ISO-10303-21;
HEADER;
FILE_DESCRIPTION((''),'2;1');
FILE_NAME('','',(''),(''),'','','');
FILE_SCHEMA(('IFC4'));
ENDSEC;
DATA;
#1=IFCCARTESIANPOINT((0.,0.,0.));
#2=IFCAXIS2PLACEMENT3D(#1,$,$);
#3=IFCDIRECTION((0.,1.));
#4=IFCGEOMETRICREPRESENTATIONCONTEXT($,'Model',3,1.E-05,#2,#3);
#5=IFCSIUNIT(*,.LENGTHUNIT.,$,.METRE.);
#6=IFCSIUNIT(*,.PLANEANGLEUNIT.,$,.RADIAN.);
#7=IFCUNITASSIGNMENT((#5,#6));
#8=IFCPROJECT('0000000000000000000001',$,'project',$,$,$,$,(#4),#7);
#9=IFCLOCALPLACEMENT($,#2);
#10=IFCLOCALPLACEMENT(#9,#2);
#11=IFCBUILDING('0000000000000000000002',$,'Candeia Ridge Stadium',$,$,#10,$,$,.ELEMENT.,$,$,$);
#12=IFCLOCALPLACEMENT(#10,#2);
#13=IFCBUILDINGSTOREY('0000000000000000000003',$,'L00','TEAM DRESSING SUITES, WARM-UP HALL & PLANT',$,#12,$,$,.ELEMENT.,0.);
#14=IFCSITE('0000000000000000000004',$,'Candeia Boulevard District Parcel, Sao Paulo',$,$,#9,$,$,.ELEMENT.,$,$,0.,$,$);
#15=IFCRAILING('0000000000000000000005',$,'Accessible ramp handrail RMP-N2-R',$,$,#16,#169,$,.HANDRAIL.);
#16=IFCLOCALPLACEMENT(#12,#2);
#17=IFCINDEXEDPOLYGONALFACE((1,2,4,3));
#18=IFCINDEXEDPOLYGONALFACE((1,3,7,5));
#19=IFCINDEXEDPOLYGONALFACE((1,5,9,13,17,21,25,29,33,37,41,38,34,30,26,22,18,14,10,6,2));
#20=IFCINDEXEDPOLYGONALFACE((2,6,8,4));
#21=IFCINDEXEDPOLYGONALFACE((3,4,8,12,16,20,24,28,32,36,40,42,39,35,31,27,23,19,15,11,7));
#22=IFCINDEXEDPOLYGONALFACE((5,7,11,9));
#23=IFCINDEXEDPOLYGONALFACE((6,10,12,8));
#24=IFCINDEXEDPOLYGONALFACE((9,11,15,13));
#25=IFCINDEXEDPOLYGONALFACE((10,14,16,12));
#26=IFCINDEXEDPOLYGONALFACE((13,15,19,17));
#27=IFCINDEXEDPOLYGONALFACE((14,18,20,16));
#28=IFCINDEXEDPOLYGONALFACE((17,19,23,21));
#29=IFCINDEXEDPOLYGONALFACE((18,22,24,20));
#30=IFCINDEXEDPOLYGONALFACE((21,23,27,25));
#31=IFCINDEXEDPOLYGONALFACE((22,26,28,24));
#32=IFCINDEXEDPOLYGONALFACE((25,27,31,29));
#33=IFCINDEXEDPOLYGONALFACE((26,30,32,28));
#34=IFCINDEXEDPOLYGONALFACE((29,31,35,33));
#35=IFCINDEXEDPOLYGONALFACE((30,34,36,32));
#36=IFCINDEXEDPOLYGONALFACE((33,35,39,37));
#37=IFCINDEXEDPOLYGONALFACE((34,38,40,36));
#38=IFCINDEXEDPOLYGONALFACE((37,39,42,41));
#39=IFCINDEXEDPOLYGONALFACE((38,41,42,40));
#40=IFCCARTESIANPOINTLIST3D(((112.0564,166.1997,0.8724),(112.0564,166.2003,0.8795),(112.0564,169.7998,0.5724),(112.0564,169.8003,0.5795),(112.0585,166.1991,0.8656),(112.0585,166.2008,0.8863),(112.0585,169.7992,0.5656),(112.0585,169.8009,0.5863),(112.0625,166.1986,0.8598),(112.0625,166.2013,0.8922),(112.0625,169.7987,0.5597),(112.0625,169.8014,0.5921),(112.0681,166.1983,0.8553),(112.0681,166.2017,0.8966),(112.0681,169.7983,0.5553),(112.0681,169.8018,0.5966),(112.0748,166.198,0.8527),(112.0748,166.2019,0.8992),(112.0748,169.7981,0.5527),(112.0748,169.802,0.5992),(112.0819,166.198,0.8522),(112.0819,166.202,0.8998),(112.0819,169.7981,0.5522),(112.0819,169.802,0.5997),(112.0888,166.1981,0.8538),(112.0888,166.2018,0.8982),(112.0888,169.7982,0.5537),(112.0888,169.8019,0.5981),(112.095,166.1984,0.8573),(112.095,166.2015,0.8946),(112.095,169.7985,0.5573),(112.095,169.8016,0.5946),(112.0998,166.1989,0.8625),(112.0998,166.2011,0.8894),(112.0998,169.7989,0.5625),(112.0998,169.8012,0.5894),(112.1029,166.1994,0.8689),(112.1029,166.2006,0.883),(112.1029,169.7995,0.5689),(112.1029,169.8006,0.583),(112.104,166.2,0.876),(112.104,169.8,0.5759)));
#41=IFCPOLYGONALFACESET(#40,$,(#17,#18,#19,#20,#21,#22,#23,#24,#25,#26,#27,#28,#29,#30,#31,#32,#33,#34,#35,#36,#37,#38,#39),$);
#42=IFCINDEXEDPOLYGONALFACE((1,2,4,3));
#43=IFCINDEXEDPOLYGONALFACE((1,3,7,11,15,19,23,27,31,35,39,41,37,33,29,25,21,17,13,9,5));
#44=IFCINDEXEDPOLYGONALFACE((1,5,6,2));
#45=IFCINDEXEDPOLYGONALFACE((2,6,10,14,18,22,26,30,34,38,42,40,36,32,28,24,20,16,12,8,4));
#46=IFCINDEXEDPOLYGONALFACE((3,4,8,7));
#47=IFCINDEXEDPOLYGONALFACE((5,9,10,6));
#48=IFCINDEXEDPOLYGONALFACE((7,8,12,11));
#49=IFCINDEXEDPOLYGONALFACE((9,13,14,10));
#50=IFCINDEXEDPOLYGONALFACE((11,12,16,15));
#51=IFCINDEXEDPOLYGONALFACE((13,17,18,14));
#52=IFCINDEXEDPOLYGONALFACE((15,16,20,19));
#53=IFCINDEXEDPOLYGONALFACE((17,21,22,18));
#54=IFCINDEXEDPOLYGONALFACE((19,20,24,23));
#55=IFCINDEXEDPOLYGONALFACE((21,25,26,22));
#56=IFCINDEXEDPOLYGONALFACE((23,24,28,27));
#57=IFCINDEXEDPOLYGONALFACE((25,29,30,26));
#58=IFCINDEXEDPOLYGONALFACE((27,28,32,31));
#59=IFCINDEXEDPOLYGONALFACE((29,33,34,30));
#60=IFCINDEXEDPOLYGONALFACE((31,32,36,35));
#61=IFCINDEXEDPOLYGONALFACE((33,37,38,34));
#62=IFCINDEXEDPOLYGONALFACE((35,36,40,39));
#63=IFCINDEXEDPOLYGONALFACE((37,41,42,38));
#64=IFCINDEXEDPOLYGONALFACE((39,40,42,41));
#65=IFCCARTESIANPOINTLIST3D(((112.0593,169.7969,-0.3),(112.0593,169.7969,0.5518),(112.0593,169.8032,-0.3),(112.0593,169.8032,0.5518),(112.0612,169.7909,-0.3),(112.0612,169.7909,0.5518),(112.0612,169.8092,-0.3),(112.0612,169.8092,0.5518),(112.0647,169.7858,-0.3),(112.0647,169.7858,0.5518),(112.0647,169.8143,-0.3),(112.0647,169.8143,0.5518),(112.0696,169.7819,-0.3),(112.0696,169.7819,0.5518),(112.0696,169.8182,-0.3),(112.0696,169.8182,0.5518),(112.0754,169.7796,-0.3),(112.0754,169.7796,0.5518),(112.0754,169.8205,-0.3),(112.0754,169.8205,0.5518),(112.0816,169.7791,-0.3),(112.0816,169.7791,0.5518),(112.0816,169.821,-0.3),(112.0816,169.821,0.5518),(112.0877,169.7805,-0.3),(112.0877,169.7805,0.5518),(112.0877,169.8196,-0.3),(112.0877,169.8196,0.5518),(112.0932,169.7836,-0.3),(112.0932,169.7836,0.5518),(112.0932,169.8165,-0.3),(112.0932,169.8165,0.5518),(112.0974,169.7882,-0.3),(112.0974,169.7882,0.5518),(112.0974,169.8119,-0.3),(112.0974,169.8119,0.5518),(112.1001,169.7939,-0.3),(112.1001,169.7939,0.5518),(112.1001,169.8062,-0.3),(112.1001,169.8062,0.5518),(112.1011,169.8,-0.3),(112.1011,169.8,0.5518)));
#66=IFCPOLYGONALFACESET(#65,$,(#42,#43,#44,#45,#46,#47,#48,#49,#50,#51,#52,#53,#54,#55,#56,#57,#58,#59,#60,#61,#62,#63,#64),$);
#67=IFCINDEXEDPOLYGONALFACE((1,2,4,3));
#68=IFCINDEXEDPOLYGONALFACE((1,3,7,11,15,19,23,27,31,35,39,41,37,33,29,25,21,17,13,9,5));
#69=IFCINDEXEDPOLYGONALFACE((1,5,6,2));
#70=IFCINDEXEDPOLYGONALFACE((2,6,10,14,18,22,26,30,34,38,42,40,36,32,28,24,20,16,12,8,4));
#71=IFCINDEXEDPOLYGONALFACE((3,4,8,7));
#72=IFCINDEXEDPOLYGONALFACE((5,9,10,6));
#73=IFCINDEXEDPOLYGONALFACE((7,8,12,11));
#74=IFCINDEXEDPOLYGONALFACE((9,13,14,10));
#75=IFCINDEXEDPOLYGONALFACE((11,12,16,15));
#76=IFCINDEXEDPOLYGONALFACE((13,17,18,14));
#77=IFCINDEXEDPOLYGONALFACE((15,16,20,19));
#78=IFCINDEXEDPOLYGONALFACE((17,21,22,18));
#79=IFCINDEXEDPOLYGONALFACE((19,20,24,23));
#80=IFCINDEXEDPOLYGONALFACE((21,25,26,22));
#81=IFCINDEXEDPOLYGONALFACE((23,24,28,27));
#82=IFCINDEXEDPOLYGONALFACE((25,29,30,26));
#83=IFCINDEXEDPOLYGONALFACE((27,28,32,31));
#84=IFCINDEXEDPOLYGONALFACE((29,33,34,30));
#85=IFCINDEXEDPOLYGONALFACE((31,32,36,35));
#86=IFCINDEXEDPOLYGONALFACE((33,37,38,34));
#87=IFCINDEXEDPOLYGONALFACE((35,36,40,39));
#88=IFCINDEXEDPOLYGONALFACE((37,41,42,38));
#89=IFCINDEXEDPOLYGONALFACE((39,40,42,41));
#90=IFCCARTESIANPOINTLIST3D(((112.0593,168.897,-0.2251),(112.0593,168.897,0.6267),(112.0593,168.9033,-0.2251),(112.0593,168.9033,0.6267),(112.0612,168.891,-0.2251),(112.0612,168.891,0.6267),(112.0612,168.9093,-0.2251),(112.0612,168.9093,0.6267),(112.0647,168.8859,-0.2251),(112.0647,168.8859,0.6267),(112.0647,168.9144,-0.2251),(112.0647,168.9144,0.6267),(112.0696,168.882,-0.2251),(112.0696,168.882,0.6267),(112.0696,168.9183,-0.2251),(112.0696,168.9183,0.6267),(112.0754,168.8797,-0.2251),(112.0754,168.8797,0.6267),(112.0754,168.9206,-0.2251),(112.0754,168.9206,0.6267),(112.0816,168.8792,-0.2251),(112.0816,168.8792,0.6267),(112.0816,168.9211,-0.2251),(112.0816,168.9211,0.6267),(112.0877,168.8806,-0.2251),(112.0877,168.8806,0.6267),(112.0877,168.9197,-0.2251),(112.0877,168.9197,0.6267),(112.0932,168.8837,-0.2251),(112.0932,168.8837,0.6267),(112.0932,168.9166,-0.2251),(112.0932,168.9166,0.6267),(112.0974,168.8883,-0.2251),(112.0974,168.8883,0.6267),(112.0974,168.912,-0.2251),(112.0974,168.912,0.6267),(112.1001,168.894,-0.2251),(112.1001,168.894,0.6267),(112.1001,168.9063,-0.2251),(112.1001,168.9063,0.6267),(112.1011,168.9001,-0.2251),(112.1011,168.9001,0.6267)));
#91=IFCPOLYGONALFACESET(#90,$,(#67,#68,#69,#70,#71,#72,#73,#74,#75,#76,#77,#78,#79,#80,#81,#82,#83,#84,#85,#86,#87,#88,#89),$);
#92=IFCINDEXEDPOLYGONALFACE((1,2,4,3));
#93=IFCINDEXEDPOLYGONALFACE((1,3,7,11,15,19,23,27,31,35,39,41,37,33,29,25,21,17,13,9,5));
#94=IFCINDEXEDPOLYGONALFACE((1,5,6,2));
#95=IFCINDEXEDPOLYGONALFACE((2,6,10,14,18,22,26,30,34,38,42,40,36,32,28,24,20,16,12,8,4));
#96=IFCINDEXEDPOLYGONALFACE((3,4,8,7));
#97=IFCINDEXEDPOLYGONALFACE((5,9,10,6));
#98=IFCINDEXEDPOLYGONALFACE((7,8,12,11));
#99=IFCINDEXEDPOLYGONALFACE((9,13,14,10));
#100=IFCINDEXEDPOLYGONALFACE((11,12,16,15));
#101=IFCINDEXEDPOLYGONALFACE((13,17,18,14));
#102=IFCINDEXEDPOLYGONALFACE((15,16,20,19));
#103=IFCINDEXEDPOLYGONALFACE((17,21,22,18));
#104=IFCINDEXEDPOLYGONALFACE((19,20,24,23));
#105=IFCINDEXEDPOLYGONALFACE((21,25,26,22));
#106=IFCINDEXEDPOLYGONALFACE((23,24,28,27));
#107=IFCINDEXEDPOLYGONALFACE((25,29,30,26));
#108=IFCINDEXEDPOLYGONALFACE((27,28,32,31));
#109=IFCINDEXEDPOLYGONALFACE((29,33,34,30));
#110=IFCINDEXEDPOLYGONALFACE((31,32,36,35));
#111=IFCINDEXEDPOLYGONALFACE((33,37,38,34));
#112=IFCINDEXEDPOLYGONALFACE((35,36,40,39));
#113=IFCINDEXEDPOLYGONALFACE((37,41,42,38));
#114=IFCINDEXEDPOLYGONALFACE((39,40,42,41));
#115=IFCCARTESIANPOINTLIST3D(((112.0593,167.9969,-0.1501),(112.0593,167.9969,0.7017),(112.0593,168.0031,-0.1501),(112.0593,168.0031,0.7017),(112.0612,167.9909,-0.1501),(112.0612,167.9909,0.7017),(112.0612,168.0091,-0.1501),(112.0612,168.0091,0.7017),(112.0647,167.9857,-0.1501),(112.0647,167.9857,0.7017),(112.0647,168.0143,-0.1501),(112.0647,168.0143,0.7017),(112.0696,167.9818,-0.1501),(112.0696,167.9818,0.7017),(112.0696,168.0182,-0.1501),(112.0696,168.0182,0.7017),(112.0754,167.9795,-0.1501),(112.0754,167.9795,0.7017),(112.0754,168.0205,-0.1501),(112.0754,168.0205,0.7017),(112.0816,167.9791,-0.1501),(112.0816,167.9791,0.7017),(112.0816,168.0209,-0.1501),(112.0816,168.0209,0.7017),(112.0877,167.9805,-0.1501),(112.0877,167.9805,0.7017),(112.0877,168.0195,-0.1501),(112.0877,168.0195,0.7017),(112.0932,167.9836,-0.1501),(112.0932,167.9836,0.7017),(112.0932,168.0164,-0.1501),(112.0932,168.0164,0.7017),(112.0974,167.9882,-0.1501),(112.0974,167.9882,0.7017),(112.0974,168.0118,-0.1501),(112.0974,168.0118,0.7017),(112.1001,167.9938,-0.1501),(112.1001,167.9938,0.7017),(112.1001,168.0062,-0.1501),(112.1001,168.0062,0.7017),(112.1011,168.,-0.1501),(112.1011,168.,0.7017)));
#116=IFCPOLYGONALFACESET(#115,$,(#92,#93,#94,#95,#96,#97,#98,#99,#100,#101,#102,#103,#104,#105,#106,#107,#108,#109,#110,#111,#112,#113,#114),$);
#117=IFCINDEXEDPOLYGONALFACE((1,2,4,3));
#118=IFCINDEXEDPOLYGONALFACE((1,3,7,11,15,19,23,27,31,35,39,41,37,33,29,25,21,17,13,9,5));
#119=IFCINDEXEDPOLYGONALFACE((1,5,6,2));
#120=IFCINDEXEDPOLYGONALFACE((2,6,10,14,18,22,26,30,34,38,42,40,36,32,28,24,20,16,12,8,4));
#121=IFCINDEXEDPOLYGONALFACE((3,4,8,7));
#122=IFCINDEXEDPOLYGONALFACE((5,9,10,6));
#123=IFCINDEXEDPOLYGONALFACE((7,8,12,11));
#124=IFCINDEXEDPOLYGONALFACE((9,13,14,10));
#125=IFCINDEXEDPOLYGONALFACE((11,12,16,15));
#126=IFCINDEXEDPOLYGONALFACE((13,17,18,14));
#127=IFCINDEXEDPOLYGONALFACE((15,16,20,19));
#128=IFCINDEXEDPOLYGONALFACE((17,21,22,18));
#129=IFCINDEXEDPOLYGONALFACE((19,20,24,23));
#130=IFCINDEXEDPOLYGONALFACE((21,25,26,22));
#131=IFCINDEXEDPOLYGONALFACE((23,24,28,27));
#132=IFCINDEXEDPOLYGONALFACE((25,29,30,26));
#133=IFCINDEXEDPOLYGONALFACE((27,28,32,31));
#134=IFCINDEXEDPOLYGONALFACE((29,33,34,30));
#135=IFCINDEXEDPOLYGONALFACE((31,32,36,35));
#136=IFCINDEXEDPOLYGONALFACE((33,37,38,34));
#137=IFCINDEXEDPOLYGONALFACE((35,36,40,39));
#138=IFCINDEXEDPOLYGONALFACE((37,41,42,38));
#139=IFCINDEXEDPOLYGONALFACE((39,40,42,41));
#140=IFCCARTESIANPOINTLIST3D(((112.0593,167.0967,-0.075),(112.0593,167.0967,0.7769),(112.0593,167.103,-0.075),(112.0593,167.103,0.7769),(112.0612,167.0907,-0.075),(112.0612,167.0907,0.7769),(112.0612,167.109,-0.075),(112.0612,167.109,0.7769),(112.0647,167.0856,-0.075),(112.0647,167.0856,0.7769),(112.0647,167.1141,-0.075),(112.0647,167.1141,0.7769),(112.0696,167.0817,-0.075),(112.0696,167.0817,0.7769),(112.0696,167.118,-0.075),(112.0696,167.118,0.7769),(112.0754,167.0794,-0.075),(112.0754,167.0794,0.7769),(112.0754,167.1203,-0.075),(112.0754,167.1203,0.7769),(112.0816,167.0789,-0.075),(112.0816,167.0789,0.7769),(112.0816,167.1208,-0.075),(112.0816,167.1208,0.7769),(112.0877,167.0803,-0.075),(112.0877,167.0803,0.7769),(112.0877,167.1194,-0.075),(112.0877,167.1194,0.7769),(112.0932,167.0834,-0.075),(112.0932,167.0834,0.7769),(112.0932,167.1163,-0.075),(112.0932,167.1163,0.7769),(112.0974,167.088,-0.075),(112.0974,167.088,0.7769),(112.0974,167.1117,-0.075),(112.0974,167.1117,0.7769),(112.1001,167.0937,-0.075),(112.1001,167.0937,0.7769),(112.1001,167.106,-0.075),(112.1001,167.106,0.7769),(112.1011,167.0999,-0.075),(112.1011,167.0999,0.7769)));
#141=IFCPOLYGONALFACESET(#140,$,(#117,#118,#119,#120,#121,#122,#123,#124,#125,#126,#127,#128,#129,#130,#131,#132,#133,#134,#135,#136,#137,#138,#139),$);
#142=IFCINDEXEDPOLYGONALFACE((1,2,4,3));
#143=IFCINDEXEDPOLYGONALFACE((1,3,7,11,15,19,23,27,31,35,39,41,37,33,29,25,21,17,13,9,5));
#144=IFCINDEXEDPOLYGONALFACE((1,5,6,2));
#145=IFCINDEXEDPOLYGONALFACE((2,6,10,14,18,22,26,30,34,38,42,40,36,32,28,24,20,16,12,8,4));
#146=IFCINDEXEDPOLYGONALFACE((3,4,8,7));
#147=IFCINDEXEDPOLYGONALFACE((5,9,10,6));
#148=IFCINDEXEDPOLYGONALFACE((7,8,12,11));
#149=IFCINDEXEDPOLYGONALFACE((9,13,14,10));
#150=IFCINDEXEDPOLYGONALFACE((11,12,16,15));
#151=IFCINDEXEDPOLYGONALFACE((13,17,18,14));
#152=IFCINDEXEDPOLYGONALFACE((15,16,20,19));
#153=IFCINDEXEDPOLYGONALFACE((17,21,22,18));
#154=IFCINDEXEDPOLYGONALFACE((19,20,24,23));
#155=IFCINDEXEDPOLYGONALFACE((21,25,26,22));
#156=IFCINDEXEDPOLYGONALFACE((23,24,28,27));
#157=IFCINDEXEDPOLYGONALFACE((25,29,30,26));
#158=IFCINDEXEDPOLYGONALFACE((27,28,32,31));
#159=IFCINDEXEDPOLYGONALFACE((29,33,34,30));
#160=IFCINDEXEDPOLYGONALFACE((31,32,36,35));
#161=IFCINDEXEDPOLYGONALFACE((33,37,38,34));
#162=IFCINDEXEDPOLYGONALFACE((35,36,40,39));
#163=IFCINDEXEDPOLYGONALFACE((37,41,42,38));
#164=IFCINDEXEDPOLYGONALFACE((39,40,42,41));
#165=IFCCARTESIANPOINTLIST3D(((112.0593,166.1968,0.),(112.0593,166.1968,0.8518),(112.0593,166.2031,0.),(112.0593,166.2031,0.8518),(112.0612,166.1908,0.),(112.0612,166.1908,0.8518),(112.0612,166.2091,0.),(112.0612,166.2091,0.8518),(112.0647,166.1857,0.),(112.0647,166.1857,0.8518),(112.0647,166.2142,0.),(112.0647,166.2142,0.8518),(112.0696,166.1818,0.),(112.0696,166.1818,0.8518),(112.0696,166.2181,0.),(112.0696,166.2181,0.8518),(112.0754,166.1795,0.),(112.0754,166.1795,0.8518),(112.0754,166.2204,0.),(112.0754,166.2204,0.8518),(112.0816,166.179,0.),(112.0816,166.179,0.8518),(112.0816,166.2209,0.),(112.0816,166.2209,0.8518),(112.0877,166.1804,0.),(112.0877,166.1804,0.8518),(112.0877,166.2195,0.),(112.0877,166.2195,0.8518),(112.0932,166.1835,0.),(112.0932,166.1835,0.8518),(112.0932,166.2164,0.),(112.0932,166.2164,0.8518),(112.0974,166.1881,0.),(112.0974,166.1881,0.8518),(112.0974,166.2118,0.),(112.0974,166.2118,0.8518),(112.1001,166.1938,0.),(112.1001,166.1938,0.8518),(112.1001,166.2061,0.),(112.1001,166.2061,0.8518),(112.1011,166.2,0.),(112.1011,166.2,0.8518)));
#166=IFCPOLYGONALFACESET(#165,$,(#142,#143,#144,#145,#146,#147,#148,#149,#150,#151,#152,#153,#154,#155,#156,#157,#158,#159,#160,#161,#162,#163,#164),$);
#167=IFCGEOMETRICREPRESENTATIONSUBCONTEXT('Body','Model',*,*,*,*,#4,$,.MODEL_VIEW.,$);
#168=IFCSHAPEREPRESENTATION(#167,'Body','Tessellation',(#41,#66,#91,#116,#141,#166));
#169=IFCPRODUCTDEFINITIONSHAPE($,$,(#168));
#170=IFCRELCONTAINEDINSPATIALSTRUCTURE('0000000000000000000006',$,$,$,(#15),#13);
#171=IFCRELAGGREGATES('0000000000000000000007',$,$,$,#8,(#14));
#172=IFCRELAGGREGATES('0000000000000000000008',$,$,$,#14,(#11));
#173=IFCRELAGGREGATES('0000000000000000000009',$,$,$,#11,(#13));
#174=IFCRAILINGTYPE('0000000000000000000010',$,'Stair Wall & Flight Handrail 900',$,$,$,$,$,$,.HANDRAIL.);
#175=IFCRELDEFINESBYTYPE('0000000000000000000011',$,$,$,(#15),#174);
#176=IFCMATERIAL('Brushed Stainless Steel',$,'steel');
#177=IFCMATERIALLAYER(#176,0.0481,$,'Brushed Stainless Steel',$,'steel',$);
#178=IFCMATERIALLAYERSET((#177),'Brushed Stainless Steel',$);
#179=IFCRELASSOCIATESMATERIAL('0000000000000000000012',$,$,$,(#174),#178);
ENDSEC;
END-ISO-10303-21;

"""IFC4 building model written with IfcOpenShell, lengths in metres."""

from ifc_helpers import new_model, si_unit, direction, frame, origin, origin_2d, place, context, subcontext, project, spatial, circle, extrude, material, layer, layer_set, type_object, element, save


model = new_model("IFC4")

# Units and contexts
model_context = context("Model", 3, precision=1e-05, world=origin(), true_north=direction((0.0, 1.0)))
body_context = subcontext(model_context, "Body", "Model", "MODEL_VIEW")
ifc_project = project(units=[si_unit("LENGTHUNIT", "METRE"), si_unit("PLANEANGLEUNIT", "RADIAN")], contexts=[model_context])

# Site, building, storey
site_placement = place(None, origin())
site = spatial("IfcSite", under=ifc_project, at=site_placement, Name="Candeia Boulevard District Parcel, Sao Paulo", CompositionType="ELEMENT", RefElevation=0.0)
building_placement = place(site_placement, origin())
building = spatial("IfcBuilding", under=site, at=building_placement, Name="Candeia Ridge Stadium", CompositionType="ELEMENT")
storey_placement = place(building_placement, origin())
storey = spatial("IfcBuildingStorey", under=building, at=storey_placement, Name="L00", Description="TEAM DRESSING SUITES, WARM-UP HALL & PLANT", CompositionType="ELEMENT", Elevation=0.0)

# Railing
ifc_material_1 = material(Name="Brushed Stainless Steel", Category="steel")
ifc_layer_1 = layer(ifc_material_1, 0.0481, Name="Brushed Stainless Steel", Category="steel")
ifc_layer_set_1 = layer_set([ifc_layer_1], Name="Brushed Stainless Steel")
railing_type_1 = type_object("IfcRailingType", Name="Stair Wall & Flight Handrail 900", PredefinedType="HANDRAIL", material=ifc_layer_set_1)
for number, where, name in (
    (1, (112.0801, 169.8, -0.3), "Accessible ramp handrail RMP-N2-R"),
):
    element("IfcRailing", number, at=place(storey_placement, frame(where)), inside=storey, type_object=railing_type_1, Name=name, PredefinedType="HANDRAIL", context=body_context, shape_type="SweptSolid", body=[
        extrude(circle(Radius=0.0239, at=origin_2d()), frame((0.0, 0.0, 0.876), z_axis=(0.0, -0.996545, 0.083057), x_axis=(1.0, 0.0, 0.0)), (0.0, 0.0, 1.0), 3.6125),
        extrude(circle(Radius=0.021, at=origin_2d()), origin(), (0.0, 0.0, 1.0), 0.8518),
        extrude(circle(Radius=0.021, at=origin_2d()), frame((0.0, -0.8999, 0.075)), (0.0, 0.0, 1.0), 0.8518),
        extrude(circle(Radius=0.021, at=origin_2d()), frame((0.0, -1.8, 0.1499)), (0.0, 0.0, 1.0), 0.8518),
        extrude(circle(Radius=0.021, at=origin_2d()), frame((0.0, -2.7002, 0.2251)), (0.0, 0.0, 1.0), 0.8518),
        extrude(circle(Radius=0.021, at=origin_2d()), frame((0.0, -3.6001, 0.3)), (0.0, 0.0, 1.0), 0.8518),
    ])

save(model, "model.ifc")
